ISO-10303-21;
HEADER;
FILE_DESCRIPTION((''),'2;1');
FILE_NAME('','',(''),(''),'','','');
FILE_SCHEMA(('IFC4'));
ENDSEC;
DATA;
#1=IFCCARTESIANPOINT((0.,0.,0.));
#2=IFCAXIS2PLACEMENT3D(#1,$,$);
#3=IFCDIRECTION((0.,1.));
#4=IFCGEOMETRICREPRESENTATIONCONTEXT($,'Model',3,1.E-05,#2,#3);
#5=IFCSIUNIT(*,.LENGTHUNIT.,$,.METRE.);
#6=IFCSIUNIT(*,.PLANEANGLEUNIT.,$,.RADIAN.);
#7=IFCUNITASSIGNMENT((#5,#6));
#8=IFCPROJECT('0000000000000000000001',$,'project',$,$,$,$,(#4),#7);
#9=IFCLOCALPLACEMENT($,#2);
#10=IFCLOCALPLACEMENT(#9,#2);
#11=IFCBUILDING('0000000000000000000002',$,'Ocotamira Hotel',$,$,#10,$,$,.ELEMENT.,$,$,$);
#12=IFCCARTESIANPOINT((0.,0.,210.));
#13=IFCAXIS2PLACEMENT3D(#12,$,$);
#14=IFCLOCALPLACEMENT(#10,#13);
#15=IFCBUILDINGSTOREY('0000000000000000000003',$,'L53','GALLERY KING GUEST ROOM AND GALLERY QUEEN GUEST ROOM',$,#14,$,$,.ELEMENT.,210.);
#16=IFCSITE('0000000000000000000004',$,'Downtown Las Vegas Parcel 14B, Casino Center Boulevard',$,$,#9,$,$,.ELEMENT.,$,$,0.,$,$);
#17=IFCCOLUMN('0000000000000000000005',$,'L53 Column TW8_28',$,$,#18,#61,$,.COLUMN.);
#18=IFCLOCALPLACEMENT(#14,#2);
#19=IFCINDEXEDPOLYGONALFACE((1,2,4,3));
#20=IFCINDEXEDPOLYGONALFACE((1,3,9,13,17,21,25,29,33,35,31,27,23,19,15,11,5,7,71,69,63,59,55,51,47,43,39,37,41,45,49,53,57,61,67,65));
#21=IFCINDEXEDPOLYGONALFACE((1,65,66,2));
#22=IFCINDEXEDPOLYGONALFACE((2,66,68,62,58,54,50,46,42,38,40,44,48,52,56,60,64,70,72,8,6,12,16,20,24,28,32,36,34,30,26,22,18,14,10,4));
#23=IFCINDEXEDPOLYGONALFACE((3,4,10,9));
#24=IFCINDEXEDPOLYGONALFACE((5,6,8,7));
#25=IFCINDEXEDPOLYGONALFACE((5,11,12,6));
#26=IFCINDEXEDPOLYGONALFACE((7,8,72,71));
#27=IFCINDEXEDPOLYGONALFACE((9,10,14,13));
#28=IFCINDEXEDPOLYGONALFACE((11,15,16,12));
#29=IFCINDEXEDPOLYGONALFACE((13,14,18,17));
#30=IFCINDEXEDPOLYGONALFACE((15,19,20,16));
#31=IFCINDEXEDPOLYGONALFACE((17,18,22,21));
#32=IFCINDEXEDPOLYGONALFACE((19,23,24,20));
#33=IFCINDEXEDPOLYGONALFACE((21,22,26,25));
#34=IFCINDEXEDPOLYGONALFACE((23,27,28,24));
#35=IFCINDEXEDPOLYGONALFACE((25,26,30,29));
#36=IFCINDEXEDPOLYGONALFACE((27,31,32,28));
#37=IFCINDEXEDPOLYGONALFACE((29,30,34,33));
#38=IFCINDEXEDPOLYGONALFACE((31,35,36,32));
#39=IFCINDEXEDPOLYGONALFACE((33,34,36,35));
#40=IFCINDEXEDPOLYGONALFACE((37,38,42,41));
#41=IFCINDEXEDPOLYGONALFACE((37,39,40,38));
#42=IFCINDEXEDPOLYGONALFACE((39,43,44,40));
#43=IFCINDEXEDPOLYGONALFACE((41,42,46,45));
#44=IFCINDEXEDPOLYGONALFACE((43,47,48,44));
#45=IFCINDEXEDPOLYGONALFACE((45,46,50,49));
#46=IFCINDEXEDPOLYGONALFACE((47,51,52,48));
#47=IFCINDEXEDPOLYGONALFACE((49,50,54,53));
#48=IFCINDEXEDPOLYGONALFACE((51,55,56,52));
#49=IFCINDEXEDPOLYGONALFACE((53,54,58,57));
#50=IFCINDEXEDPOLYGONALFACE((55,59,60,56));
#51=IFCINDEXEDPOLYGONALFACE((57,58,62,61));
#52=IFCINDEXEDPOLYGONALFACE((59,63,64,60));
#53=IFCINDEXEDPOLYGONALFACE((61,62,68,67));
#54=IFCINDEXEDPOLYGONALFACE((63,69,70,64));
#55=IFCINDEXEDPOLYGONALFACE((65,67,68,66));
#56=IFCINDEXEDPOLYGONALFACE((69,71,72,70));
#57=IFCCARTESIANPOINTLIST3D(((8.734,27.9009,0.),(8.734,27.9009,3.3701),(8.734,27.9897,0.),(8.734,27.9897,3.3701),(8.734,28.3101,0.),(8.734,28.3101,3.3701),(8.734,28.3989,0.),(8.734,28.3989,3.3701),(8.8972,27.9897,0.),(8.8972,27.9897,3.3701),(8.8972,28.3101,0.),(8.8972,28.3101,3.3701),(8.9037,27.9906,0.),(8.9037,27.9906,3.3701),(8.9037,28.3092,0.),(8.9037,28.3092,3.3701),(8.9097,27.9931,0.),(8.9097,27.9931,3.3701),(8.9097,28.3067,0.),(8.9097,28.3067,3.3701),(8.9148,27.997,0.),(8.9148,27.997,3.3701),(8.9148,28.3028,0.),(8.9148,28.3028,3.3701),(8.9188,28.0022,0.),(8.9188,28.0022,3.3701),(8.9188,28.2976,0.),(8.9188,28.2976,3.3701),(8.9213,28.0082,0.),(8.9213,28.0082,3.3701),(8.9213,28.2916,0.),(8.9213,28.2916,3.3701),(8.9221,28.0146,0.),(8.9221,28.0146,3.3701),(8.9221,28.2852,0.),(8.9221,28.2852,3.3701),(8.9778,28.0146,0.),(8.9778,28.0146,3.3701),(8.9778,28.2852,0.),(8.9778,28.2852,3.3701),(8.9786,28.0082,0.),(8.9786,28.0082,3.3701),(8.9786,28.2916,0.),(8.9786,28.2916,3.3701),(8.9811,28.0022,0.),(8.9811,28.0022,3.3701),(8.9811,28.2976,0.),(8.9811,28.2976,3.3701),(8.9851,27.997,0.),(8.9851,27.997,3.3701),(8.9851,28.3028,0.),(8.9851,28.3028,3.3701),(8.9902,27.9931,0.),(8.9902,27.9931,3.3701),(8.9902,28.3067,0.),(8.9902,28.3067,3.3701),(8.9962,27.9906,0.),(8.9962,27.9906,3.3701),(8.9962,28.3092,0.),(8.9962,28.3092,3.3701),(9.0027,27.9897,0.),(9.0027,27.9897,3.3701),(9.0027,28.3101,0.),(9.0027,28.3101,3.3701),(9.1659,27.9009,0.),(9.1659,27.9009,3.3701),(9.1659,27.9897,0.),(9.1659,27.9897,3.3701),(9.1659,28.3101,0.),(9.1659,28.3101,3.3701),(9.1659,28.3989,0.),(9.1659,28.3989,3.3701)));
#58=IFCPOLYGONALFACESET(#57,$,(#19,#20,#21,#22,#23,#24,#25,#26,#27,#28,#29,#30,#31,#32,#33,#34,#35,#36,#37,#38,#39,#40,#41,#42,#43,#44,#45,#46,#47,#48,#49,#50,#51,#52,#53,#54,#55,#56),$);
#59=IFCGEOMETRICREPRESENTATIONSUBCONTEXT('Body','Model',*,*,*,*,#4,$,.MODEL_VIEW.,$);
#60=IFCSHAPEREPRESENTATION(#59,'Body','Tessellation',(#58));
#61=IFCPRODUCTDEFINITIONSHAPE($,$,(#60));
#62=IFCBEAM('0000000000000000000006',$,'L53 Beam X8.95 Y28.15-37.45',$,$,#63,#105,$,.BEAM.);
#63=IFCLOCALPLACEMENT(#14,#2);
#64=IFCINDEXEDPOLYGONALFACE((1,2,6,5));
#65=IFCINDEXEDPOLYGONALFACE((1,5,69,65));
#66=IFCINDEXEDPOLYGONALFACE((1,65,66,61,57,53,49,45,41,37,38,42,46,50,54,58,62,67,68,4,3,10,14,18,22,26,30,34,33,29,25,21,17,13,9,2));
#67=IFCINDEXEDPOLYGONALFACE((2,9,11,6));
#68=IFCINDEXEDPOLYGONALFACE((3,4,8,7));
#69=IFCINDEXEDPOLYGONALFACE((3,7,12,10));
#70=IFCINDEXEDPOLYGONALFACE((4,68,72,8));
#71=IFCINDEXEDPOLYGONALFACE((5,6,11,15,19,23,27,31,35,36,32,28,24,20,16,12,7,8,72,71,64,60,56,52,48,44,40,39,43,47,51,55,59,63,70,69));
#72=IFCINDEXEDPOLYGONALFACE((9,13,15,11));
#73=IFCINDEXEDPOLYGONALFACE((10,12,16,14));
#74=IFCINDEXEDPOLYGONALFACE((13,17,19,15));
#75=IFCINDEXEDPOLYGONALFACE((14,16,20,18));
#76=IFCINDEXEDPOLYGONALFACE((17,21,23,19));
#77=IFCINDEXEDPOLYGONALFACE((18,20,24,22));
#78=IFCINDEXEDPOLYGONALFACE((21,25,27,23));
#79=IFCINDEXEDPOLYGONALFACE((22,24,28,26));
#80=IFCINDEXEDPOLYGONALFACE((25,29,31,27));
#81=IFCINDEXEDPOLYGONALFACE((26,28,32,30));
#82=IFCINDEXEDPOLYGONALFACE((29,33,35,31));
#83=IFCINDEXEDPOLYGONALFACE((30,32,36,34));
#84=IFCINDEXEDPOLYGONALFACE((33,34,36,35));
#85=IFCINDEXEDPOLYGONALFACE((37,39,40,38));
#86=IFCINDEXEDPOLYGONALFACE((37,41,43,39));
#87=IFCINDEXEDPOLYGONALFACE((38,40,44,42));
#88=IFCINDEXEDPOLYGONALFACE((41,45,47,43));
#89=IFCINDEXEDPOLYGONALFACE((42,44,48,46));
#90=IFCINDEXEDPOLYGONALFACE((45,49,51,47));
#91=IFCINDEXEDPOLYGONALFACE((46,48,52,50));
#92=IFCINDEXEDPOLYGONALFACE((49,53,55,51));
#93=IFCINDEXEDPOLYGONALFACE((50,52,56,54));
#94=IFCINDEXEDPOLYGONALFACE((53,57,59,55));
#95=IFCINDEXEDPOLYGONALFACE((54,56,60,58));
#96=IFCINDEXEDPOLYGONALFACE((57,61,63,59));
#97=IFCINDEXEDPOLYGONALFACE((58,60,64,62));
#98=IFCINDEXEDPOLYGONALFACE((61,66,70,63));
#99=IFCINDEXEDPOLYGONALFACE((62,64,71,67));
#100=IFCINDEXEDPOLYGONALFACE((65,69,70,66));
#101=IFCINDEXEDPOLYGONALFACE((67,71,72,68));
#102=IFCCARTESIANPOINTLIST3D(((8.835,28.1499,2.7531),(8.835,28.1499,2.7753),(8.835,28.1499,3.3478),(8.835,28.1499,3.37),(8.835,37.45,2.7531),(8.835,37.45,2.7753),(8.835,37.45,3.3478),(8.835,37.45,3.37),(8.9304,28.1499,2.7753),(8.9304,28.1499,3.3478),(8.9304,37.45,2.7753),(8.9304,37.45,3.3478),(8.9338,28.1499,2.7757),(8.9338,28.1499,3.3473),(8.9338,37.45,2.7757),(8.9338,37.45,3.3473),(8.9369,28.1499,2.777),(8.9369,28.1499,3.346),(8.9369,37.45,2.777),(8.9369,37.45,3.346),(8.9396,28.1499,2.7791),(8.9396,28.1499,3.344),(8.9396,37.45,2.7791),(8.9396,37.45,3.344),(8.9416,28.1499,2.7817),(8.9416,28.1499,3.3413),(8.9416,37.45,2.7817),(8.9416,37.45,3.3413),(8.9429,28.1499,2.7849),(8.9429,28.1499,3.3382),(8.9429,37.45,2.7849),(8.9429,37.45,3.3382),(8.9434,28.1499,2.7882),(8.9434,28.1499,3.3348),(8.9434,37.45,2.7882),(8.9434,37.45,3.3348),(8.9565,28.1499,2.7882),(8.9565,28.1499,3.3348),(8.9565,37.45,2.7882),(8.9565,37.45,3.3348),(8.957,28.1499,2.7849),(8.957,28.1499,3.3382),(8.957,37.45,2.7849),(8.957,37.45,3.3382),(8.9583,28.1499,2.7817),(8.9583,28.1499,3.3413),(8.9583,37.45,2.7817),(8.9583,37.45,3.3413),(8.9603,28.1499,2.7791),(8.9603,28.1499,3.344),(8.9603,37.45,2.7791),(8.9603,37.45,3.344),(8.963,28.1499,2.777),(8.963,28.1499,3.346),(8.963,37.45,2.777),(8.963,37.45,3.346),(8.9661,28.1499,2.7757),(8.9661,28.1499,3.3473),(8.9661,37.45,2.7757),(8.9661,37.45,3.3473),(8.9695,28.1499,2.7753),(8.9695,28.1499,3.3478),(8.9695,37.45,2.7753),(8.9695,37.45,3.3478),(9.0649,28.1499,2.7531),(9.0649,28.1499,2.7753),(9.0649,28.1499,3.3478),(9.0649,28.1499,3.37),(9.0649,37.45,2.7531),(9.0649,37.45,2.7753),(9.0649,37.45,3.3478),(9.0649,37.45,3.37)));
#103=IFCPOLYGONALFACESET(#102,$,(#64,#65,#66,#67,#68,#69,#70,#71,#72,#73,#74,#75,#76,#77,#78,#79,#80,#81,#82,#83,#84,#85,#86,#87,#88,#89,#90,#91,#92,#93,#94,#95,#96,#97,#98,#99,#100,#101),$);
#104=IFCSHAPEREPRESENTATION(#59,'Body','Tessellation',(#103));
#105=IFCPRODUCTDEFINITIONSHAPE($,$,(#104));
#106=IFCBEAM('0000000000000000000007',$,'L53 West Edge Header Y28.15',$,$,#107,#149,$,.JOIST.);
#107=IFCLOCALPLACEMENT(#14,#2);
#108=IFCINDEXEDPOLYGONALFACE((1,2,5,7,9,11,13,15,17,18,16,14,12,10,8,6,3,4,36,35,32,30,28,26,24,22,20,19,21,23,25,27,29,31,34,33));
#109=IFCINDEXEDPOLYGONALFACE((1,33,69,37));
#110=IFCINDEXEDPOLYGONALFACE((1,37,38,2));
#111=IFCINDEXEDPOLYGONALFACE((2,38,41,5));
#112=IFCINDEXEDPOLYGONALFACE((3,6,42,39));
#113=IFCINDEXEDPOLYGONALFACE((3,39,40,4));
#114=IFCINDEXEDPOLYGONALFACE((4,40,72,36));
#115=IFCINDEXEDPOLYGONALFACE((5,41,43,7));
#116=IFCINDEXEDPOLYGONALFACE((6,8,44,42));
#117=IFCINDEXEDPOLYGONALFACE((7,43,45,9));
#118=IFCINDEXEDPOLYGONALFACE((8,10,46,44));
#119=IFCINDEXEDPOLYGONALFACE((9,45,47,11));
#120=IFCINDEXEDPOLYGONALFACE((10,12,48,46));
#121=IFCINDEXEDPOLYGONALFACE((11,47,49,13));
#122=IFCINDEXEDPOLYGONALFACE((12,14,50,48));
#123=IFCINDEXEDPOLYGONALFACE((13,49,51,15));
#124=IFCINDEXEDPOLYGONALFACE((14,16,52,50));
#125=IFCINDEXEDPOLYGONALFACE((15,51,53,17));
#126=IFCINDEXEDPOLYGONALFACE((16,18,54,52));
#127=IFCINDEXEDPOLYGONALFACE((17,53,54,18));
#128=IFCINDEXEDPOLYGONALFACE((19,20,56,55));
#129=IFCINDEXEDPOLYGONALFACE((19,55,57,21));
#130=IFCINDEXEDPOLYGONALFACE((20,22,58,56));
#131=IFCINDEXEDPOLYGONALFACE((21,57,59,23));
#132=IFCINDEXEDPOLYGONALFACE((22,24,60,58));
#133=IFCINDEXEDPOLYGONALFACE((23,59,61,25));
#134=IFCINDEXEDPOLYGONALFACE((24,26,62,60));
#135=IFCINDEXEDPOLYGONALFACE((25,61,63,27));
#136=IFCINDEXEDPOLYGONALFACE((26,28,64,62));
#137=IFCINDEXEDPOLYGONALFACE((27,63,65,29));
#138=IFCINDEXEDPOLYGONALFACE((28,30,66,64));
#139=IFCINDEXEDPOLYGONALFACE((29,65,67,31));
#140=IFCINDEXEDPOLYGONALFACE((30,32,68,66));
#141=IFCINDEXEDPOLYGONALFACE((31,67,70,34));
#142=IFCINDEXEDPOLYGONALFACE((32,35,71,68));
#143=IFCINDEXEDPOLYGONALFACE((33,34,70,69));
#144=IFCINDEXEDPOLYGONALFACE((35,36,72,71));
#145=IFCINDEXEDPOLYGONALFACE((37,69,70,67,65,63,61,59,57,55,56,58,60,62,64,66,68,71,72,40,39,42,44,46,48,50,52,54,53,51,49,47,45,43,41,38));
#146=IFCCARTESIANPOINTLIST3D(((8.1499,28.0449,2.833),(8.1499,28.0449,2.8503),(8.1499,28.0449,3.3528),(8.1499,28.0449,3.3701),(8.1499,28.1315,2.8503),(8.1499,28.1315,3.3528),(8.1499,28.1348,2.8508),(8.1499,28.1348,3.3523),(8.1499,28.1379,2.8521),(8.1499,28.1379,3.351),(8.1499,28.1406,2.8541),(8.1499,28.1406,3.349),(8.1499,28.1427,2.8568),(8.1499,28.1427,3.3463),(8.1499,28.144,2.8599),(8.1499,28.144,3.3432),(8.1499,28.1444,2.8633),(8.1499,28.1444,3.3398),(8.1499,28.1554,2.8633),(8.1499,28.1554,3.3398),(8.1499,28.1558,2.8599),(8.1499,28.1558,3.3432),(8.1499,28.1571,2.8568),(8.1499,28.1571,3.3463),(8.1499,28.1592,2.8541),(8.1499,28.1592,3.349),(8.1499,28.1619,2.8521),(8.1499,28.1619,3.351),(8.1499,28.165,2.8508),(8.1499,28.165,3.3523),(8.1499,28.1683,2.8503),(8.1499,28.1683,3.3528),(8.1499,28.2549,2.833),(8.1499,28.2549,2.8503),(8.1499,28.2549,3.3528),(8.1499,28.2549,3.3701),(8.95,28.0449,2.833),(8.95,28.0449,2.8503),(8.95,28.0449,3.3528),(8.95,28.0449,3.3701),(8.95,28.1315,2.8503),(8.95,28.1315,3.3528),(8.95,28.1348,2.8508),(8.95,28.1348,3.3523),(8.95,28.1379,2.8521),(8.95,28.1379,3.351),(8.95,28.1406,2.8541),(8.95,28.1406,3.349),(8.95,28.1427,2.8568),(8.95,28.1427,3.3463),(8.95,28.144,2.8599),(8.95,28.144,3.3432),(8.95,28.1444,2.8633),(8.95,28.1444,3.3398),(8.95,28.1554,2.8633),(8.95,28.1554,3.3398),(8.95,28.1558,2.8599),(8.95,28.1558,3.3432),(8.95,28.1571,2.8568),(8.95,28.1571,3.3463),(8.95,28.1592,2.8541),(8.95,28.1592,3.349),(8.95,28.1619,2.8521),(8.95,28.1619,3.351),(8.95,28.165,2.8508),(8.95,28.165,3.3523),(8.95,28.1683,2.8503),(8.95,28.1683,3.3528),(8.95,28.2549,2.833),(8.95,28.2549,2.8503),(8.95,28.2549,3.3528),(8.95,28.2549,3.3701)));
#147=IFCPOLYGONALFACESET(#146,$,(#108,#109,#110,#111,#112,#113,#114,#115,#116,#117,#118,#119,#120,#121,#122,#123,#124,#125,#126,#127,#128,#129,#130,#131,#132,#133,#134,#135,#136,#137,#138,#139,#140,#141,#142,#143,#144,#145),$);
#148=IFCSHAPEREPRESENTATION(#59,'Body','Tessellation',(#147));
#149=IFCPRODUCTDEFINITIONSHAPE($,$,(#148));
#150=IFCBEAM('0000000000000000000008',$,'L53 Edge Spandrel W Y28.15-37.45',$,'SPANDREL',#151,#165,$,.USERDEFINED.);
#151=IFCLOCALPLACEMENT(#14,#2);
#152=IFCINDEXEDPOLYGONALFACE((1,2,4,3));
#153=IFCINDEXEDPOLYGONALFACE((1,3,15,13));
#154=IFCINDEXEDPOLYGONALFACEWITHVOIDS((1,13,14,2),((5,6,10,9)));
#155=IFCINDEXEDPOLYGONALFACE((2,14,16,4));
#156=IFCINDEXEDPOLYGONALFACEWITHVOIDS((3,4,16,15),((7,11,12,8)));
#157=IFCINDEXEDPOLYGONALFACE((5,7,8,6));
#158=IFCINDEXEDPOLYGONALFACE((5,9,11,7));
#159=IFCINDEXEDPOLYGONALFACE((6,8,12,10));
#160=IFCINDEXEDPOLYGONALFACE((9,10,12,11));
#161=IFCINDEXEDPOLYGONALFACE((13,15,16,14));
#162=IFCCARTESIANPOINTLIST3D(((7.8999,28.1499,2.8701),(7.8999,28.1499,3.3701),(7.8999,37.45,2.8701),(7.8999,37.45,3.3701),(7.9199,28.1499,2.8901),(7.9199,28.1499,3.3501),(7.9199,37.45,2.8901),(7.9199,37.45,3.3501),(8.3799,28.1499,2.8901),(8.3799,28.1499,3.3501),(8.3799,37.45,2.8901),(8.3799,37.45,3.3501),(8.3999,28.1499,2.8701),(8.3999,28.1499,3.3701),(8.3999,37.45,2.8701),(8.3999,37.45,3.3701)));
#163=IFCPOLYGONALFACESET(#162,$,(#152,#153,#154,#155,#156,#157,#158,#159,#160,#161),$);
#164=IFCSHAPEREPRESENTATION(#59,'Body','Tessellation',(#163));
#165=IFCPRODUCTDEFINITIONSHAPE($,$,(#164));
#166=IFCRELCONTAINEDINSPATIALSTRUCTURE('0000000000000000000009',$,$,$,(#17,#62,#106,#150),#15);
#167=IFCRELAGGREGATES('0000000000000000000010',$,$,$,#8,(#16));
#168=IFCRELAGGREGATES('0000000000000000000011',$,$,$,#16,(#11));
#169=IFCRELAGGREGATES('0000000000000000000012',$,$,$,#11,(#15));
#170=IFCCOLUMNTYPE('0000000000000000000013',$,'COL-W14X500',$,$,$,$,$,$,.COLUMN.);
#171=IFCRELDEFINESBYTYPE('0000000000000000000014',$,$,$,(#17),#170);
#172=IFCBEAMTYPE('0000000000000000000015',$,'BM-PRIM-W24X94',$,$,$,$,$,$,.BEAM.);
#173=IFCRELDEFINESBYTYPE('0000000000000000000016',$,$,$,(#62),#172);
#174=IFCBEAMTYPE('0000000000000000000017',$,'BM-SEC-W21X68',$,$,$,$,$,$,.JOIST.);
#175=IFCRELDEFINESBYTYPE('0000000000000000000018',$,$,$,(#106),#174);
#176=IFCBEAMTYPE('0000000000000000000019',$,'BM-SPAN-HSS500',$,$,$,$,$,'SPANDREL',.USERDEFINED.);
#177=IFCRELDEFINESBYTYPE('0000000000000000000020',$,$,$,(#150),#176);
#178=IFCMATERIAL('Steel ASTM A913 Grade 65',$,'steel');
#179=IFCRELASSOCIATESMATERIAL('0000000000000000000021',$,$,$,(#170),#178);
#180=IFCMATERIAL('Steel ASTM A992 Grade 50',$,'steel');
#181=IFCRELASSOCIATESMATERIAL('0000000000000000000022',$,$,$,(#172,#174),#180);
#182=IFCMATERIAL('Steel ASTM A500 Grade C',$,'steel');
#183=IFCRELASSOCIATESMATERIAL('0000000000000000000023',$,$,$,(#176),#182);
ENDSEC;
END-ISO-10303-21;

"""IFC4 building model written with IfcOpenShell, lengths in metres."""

from ifc_helpers import new_model, si_unit, direction, frame, origin, origin_2d, place, context, subcontext, project, spatial, hollow_rectangle, i_section, extrude, source, transform, mapped, material, material_profile, profile_set, type_object, element, save


model = new_model("IFC4")

# Units and contexts
model_context = context("Model", 3, precision=1e-05, world=origin(), true_north=direction((0.0, 1.0)))
body_context = subcontext(model_context, "Body", "Model", "MODEL_VIEW")
ifc_project = project(units=[si_unit("LENGTHUNIT", "METRE"), si_unit("PLANEANGLEUNIT", "RADIAN")], contexts=[model_context])

# Site, building, storey
site_placement = place(None, origin())
site = spatial("IfcSite", under=ifc_project, at=site_placement, Name="Downtown Las Vegas Parcel 14B, Casino Center Boulevard", CompositionType="ELEMENT", RefElevation=0.0)
building_placement = place(site_placement, origin())
building = spatial("IfcBuilding", under=site, at=building_placement, Name="Ocotamira Hotel", CompositionType="ELEMENT")
storey_placement = place(building_placement, frame((0.0, 0.0, 210.0)))
storey = spatial("IfcBuildingStorey", under=building, at=storey_placement, Name="L53", Description="GALLERY KING GUEST ROOM AND GALLERY QUEEN GUEST ROOM", CompositionType="ELEMENT", Elevation=210.0)

# Column
ifc_material_1 = material(Name="Steel ASTM A913 Grade 65", Category="steel")
ifc_material_profile_1 = material_profile(ifc_material_1, i_section(OverallWidth=0.4319, OverallDepth=0.498, WebThickness=0.0557, FlangeThickness=0.0889, FilletRadius=0.0249, at=origin_2d()), Name="W14X500")
ifc_profile_set_1 = profile_set([ifc_material_profile_1], Name="Steel ASTM A913 Grade 65")
column_type = type_object("IfcColumnType", Name="COL-W14X500", PredefinedType="COLUMN", material=ifc_profile_set_1)
shared_shape_1 = source(origin(), body_context, "Body", "SweptSolid", [
    extrude(i_section(OverallWidth=0.4319, OverallDepth=0.498, WebThickness=0.0557, FlangeThickness=0.0889, FilletRadius=0.0249, at=origin_2d()), origin(), (0.0, 0.0, 1.0), 3.3701),
])
column_placement = place(storey_placement, frame((8.95, 28.1499, 0.0), z_axis=(0.0, 0.0, 1.0), x_axis=(1.0, 0.0, 0.0)))
element("IfcColumn", 1, at=column_placement, inside=storey, type_object=column_type, Name="L53 Column TW8_28", PredefinedType="COLUMN", context=body_context, shape_type="MappedRepresentation", body=[
    mapped(shared_shape_1, transform((0.0, 0.0, 0.0), scale=1.0)),
])

# Beams
ifc_material_2 = material(Name="Steel ASTM A992 Grade 50", Category="steel")
ifc_material_profile_2 = material_profile(ifc_material_2, i_section(OverallWidth=0.23, OverallDepth=0.6169, WebThickness=0.0132, FlangeThickness=0.0222, FilletRadius=0.0129, at=origin_2d()), Name="W24X94")
ifc_profile_set_2 = profile_set([ifc_material_profile_2], Name="Steel ASTM A992 Grade 50")
beam_type_1 = type_object("IfcBeamType", Name="BM-PRIM-W24X94", PredefinedType="BEAM", material=ifc_profile_set_2)
shared_shape_2 = source(origin(), body_context, "Body", "SweptSolid", [
    extrude(i_section(OverallWidth=0.23, OverallDepth=0.6169, WebThickness=0.0132, FlangeThickness=0.0222, FilletRadius=0.0129, at=origin_2d()), origin(), (0.0, 0.0, 1.0), 9.3),
])
beam_1_placement = place(storey_placement, frame((8.95, 28.1499, 3.0615), z_axis=(0.0, 1.0, 0.0), x_axis=(-1.0, 0.0, 0.0)))
element("IfcBeam", 2, at=beam_1_placement, inside=storey, type_object=beam_type_1, Name="L53 Beam X8.95 Y28.15-37.45", PredefinedType="BEAM", context=body_context, shape_type="MappedRepresentation", body=[
    mapped(shared_shape_2, transform((0.0, 0.0, 0.0), scale=1.0)),
])
ifc_material_profile_3 = material_profile(ifc_material_2, i_section(OverallWidth=0.21, OverallDepth=0.5371, WebThickness=0.011, FlangeThickness=0.0173, FilletRadius=0.0129, at=origin_2d()), Name="W21X68")
ifc_profile_set_3 = profile_set([ifc_material_profile_3], Name="Steel ASTM A992 Grade 50")
beam_type_2 = type_object("IfcBeamType", Name="BM-SEC-W21X68", PredefinedType="JOIST", material=ifc_profile_set_3)
shared_shape_3 = source(origin(), body_context, "Body", "SweptSolid", [
    extrude(i_section(OverallWidth=0.21, OverallDepth=0.5371, WebThickness=0.011, FlangeThickness=0.0173, FilletRadius=0.0129, at=origin_2d()), origin(), (0.0, 0.0, 1.0), 0.8),
])
beam_2_placement = place(storey_placement, frame((8.95, 28.1499, 3.1016), z_axis=(-1.0, 0.0, 0.0), x_axis=(0.0, -1.0, 0.0)))
element("IfcBeam", 3, at=beam_2_placement, inside=storey, type_object=beam_type_2, Name="L53 West Edge Header Y28.15", PredefinedType="JOIST", context=body_context, shape_type="MappedRepresentation", body=[
    mapped(shared_shape_3, transform((0.0, 0.0, 0.0), scale=1.0)),
])
ifc_material_3 = material(Name="Steel ASTM A500 Grade C", Category="steel")
ifc_material_profile_4 = material_profile(ifc_material_3, hollow_rectangle(XDim=0.5, YDim=0.5, WallThickness=0.02, at=origin_2d()), Name="HSS500X500X20")
ifc_profile_set_4 = profile_set([ifc_material_profile_4], Name="Steel ASTM A500 Grade C")
beam_type_3 = type_object("IfcBeamType", Name="BM-SPAN-HSS500", ElementType="SPANDREL", PredefinedType="USERDEFINED", material=ifc_profile_set_4)
shared_shape_4 = source(origin(), body_context, "Body", "SweptSolid", [
    extrude(hollow_rectangle(XDim=0.5, YDim=0.5, WallThickness=0.02, at=origin_2d()), origin(), (0.0, 0.0, 1.0), 9.3),
])
beam_3_placement = place(storey_placement, frame((8.1499, 28.1499, 3.1201), z_axis=(0.0, 1.0, 0.0), x_axis=(-1.0, 0.0, 0.0)))
element("IfcBeam", 4, at=beam_3_placement, inside=storey, type_object=beam_type_3, Name="L53 Edge Spandrel W Y28.15-37.45", ObjectType="SPANDREL", PredefinedType="USERDEFINED", context=body_context, shape_type="MappedRepresentation", body=[
    mapped(shared_shape_4, transform((0.0, 0.0, 0.0), scale=1.0)),
])

save(model, "model.ifc")
